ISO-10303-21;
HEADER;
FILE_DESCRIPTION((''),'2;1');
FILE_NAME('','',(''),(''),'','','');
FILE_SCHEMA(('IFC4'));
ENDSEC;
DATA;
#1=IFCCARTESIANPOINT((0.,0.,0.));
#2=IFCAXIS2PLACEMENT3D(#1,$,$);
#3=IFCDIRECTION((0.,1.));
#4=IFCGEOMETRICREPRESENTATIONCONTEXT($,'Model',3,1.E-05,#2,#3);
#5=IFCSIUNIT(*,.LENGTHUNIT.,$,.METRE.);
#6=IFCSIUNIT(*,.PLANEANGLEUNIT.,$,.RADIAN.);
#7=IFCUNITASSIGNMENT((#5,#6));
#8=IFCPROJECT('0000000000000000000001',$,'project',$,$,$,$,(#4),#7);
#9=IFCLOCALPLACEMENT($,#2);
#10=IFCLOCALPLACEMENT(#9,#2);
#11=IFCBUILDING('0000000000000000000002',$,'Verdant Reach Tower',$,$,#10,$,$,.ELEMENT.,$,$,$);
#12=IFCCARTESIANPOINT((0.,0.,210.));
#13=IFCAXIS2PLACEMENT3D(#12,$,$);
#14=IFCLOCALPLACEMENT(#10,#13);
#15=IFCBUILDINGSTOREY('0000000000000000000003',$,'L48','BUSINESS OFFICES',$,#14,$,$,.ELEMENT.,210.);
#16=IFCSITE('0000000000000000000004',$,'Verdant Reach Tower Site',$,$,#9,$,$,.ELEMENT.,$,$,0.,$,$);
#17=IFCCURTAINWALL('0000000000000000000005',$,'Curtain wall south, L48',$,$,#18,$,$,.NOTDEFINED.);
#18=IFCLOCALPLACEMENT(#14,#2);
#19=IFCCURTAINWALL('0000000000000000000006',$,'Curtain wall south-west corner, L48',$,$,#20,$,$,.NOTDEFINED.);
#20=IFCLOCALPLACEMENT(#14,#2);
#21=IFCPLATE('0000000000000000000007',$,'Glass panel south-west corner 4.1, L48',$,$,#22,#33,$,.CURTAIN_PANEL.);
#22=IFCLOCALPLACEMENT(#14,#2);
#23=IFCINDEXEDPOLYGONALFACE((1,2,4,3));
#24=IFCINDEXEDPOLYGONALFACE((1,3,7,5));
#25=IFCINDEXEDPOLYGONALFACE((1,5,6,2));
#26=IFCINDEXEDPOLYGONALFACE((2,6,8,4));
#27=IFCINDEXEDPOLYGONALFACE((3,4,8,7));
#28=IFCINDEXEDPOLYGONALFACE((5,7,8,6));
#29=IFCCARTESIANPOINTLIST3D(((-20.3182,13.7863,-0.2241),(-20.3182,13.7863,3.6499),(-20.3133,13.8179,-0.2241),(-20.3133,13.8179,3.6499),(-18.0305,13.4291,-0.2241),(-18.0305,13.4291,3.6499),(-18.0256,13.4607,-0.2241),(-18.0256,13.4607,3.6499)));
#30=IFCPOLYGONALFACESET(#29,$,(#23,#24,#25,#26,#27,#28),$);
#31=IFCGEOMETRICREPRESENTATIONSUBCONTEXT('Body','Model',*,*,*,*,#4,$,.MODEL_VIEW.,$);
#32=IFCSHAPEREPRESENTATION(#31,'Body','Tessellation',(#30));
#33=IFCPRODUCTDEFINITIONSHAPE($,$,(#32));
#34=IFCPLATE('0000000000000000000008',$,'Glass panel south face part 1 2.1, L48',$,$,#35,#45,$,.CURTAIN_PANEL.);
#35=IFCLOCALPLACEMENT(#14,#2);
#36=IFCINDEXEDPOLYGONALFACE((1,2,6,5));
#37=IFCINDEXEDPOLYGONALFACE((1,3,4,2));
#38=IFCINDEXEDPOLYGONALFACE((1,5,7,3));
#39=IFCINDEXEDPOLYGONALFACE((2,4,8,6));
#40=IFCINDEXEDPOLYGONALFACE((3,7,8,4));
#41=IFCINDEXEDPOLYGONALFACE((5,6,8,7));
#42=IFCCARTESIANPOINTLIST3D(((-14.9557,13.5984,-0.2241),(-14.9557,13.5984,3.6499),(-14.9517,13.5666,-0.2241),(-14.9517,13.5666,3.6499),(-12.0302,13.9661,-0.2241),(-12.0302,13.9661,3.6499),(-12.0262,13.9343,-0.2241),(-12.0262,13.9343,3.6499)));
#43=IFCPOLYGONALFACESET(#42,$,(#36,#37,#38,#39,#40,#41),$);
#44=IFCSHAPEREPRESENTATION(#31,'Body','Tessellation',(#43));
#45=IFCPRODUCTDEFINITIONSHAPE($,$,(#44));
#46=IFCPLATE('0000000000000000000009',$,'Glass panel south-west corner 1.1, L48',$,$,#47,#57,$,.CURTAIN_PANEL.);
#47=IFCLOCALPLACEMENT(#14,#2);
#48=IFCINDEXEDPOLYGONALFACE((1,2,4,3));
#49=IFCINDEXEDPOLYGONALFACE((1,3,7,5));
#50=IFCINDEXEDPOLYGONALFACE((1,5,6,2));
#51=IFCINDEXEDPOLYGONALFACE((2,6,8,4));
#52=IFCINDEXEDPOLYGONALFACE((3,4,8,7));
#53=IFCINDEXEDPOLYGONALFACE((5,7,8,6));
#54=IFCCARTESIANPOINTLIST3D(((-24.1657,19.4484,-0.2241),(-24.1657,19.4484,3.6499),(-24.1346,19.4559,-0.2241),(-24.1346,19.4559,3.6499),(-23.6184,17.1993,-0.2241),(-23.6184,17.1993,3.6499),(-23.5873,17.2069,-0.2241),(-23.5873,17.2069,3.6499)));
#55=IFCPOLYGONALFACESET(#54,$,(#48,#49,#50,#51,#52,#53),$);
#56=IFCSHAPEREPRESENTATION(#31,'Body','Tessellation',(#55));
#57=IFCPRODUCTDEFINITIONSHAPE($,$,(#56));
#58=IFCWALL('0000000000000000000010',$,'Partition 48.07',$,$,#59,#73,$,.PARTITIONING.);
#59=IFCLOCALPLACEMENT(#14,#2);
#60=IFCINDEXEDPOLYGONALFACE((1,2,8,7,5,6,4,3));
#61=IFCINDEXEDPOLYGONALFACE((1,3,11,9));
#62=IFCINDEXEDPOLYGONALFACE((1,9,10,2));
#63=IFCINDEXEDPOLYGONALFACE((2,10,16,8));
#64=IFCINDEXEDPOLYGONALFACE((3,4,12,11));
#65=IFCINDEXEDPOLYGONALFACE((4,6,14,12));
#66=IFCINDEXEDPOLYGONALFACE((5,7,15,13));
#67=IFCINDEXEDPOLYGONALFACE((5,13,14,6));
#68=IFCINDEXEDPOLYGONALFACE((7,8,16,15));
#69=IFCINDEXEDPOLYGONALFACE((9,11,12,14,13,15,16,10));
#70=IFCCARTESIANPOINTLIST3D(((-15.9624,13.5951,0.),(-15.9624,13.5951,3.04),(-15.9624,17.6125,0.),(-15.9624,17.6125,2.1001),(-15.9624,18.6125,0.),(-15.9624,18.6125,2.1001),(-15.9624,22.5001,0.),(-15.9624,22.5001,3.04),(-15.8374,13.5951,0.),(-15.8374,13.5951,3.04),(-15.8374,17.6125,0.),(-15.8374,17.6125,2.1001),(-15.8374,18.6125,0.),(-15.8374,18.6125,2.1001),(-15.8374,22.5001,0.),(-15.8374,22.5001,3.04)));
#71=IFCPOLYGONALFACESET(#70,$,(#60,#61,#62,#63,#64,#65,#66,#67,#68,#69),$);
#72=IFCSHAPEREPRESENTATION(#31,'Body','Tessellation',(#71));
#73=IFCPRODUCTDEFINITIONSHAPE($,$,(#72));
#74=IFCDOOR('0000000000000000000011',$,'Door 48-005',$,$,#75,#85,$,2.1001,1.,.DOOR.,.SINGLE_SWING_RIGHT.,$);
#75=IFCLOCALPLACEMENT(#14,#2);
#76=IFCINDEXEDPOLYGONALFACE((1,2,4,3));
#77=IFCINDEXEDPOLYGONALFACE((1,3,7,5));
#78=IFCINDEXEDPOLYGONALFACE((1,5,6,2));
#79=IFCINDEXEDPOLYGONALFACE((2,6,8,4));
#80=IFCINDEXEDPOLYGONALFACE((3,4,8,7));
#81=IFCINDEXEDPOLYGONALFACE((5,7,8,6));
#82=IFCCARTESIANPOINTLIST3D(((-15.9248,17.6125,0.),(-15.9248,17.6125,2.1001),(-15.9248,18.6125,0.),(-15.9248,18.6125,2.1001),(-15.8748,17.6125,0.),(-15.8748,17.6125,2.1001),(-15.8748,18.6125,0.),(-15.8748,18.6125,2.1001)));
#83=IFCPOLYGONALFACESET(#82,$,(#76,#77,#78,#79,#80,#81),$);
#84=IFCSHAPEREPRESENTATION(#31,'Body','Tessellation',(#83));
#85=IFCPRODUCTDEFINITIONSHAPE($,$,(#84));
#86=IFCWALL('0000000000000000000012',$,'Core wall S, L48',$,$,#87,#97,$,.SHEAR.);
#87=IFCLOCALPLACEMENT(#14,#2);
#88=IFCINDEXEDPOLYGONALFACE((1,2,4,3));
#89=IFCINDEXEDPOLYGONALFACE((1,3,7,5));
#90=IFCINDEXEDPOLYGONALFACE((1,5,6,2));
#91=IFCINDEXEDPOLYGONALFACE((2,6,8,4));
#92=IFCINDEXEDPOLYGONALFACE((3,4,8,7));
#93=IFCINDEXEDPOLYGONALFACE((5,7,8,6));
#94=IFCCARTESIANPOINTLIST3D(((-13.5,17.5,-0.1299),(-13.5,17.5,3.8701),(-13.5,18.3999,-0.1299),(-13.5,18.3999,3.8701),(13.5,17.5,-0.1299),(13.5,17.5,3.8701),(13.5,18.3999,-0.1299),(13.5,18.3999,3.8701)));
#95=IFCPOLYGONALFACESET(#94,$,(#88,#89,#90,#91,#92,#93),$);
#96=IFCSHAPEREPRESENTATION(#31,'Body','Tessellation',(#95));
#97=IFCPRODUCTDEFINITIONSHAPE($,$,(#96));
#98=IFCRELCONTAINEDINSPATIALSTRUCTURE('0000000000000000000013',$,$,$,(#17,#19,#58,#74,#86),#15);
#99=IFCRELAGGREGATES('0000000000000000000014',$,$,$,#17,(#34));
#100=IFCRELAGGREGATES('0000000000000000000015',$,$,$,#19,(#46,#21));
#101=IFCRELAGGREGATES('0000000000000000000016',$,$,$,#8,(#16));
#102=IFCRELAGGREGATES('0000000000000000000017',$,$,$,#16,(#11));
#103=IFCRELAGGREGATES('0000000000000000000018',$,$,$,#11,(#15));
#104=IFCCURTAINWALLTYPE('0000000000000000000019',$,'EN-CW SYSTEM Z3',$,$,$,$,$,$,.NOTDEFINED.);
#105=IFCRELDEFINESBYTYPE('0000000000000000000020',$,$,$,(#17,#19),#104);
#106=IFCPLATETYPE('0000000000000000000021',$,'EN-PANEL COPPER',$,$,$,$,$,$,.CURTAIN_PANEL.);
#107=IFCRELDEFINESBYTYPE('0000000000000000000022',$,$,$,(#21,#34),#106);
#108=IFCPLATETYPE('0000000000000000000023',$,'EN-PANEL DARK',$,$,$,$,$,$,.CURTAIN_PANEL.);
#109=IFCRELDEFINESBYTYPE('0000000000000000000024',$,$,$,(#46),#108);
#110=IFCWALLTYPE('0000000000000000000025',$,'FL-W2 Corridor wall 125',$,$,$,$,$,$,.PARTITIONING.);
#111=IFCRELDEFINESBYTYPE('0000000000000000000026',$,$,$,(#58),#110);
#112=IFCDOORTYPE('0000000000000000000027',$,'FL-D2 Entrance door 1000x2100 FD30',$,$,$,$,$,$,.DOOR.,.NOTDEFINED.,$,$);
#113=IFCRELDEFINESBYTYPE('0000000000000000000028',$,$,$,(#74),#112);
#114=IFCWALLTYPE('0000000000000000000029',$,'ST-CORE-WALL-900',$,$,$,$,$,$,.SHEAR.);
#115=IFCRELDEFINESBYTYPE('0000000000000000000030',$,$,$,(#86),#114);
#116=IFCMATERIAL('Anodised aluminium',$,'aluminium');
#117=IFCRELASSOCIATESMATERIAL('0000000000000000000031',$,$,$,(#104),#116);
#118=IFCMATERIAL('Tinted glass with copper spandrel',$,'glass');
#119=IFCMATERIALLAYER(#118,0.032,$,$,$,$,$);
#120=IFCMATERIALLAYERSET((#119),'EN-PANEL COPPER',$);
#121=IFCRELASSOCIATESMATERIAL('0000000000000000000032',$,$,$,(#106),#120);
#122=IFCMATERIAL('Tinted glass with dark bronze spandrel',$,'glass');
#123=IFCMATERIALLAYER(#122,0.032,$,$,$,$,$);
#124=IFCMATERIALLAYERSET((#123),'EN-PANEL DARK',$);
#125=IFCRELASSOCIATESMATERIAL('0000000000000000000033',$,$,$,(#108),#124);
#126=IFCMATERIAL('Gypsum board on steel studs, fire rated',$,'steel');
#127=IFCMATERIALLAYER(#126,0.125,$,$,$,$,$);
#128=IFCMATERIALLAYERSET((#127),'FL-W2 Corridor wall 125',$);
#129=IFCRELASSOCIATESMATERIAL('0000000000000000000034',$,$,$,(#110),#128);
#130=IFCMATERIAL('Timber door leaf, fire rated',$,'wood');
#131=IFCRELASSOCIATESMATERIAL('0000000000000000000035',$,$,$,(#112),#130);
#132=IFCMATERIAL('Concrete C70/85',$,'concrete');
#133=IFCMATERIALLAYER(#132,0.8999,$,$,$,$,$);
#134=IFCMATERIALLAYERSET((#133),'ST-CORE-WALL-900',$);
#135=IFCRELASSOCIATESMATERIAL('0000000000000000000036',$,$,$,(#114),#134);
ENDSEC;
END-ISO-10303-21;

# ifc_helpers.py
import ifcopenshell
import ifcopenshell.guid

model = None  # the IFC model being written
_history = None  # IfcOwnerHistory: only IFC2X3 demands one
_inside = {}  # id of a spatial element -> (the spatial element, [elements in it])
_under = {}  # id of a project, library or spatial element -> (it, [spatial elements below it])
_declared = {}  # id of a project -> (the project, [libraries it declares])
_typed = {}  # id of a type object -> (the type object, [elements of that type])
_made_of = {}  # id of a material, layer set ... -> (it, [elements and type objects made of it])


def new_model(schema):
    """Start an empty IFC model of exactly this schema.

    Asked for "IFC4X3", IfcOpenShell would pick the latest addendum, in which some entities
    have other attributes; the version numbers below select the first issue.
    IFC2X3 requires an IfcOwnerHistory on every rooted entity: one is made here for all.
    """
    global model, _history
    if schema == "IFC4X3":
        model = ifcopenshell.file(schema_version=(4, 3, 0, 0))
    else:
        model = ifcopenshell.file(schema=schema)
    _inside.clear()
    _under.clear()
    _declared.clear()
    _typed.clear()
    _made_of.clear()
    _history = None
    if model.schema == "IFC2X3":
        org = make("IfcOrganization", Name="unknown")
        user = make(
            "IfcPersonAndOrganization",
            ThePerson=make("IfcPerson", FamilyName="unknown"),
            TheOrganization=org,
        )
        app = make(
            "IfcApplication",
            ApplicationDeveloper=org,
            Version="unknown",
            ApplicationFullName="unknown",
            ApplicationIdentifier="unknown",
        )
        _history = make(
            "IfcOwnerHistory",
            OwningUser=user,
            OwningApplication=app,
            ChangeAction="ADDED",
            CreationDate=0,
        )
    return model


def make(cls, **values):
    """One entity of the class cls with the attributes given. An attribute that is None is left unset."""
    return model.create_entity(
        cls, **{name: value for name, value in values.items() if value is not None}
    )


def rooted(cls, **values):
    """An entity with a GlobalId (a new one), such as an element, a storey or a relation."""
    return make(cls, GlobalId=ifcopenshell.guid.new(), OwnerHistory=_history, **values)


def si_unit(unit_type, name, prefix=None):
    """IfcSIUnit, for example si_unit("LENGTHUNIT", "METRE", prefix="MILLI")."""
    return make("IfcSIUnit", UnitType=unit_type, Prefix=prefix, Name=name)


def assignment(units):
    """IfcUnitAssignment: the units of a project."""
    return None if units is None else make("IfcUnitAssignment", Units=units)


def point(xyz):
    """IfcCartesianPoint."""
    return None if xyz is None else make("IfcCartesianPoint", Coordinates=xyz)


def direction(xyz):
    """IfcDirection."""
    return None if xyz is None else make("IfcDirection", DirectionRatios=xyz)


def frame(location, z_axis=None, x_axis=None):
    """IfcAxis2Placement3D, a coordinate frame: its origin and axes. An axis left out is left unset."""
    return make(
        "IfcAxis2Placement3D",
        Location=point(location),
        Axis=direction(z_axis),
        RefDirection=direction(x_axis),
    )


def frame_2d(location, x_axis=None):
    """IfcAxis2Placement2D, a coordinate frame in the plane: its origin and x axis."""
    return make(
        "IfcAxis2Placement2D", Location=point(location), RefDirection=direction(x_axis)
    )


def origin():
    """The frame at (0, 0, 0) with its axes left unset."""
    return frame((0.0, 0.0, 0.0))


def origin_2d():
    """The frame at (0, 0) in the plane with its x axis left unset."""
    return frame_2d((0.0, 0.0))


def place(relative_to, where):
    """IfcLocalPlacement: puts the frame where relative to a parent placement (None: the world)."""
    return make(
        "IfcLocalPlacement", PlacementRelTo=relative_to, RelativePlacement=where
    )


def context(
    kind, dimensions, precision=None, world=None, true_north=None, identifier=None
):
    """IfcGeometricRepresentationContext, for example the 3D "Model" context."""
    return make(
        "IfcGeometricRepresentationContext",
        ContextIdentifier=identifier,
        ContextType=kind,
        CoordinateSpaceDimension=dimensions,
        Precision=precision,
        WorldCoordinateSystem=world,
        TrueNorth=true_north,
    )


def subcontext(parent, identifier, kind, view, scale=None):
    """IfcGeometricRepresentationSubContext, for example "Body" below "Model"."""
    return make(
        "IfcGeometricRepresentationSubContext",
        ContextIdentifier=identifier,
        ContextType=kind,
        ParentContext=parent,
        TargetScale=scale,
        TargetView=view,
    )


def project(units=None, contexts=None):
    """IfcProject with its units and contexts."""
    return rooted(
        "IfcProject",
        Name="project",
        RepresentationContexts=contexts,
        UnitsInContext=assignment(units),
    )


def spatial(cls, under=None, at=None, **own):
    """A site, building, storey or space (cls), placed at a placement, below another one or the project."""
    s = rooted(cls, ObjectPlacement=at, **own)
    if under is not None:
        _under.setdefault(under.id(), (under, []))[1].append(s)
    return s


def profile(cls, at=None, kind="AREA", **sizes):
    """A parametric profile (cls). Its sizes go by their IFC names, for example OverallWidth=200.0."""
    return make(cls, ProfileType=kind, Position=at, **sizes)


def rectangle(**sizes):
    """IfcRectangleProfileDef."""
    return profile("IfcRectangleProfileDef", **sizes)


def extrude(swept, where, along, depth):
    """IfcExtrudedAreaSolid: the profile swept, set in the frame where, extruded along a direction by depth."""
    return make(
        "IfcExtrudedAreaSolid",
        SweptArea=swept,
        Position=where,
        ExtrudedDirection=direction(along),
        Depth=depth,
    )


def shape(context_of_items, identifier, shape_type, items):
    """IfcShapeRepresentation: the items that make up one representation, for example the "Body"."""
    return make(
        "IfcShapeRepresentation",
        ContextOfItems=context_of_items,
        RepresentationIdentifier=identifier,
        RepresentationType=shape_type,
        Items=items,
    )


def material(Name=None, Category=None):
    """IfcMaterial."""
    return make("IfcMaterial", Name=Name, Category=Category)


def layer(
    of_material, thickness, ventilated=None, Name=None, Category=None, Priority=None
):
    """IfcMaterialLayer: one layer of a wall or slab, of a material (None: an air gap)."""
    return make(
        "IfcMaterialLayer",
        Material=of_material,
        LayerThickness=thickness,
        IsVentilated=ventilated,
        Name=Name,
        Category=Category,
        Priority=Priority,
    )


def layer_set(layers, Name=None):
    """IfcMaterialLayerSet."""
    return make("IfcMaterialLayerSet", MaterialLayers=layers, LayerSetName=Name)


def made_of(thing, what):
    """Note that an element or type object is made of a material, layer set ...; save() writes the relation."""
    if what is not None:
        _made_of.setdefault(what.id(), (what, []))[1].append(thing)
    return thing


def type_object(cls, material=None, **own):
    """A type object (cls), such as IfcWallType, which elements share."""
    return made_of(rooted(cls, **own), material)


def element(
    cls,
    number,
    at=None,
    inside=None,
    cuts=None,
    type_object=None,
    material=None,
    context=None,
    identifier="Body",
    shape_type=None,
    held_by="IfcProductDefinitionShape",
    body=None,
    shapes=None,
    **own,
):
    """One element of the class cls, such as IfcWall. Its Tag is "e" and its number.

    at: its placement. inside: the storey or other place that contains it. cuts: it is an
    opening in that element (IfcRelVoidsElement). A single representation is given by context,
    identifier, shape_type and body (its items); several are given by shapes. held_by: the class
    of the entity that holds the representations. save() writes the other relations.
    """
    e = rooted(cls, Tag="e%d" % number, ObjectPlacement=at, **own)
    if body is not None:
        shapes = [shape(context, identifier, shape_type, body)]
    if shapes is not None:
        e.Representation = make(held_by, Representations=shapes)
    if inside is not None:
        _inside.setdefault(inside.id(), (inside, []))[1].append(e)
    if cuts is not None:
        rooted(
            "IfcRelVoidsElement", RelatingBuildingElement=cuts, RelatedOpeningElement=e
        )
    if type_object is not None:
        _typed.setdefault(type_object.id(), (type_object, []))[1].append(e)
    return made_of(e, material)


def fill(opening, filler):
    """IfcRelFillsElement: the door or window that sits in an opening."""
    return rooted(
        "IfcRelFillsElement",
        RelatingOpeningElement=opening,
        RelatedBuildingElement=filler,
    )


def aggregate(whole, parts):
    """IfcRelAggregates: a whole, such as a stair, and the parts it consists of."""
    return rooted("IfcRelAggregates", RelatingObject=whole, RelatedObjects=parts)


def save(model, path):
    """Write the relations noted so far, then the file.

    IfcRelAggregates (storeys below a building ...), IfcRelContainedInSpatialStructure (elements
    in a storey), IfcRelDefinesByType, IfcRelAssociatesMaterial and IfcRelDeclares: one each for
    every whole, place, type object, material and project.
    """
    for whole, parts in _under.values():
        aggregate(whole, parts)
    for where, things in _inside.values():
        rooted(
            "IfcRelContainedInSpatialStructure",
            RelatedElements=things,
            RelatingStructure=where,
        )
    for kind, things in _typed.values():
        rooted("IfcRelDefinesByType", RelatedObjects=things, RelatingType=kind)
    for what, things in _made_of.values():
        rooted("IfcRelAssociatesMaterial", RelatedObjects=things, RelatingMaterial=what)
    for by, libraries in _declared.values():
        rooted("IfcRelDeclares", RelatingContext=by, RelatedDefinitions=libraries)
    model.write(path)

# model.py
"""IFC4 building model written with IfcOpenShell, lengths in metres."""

from ifc_helpers import new_model, si_unit, direction, frame, frame_2d, origin, origin_2d, place, context, subcontext, project, spatial, rectangle, extrude, material, layer, layer_set, type_object, element, fill, aggregate, save


model = new_model("IFC4")

# Units and contexts
model_context = context("Model", 3, precision=1e-05, world=origin(), true_north=direction((0.0, 1.0)))
body_context = subcontext(model_context, "Body", "Model", "MODEL_VIEW")
ifc_project = project(units=[si_unit("LENGTHUNIT", "METRE"), si_unit("PLANEANGLEUNIT", "RADIAN")], contexts=[model_context])

# Site, building, storey
site_placement = place(None, origin())
site = spatial("IfcSite", under=ifc_project, at=site_placement, Name="Verdant Reach Tower Site", CompositionType="ELEMENT", RefElevation=0.0)
building_placement = place(site_placement, origin())
building = spatial("IfcBuilding", under=site, at=building_placement, Name="Verdant Reach Tower", CompositionType="ELEMENT")
storey_placement = place(building_placement, frame((0.0, 0.0, 210.0)))
storey = spatial("IfcBuildingStorey", under=building, at=storey_placement, Name="L48", Description="BUSINESS OFFICES", CompositionType="ELEMENT", Elevation=210.0)

# Curtain wall
ifc_material_1 = material(Name="Anodised aluminium", Category="aluminium")
curtain_wall_type = type_object("IfcCurtainWallType", Name="EN-CW SYSTEM Z3", PredefinedType="NOTDEFINED", material=ifc_material_1)
curtain_wall_1_placement = place(storey_placement, origin())
curtain_wall_1 = element("IfcCurtainWall", 1, at=curtain_wall_1_placement, inside=storey, type_object=curtain_wall_type, Name="Curtain wall south, L48", PredefinedType="NOTDEFINED")

# Curtain wall
curtain_wall_2_placement = place(storey_placement, origin())
curtain_wall_2 = element("IfcCurtainWall", 2, at=curtain_wall_2_placement, inside=storey, type_object=curtain_wall_type, Name="Curtain wall south-west corner, L48", PredefinedType="NOTDEFINED")

# Plates
ifc_material_2 = material(Name="Tinted glass with copper spandrel", Category="glass")
ifc_layer_1 = layer(ifc_material_2, 0.032)
ifc_layer_set_1 = layer_set([ifc_layer_1], Name="EN-PANEL COPPER")
plate_type_1 = type_object("IfcPlateType", Name="EN-PANEL COPPER", PredefinedType="CURTAIN_PANEL", material=ifc_layer_set_1)
plate_1_placement = place(storey_placement, frame((-19.1719, 13.6235, -0.2241), z_axis=(0.0, 0.0, 1.0), x_axis=(0.988029, -0.154268, 0.0)))
plate_1 = element("IfcPlate", 3, at=plate_1_placement, type_object=plate_type_1, Name="Glass panel south-west corner 4.1, L48", PredefinedType="CURTAIN_PANEL", context=body_context, shape_type="SweptSolid", body=[
    extrude(rectangle(XDim=2.3154, YDim=0.032, at=origin_2d()), origin(), (0.0, 0.0, 1.0), 3.874),
])
plate_2_placement = place(storey_placement, frame((-13.491, 13.7664, -0.2241), z_axis=(0.0, 0.0, 1.0), x_axis=(0.992194, 0.124704, 0.0)))
plate_2 = element("IfcPlate", 4, at=plate_2_placement, type_object=plate_type_1, Name="Glass panel south face part 1 2.1, L48", PredefinedType="CURTAIN_PANEL", context=body_context, shape_type="SweptSolid", body=[
    extrude(rectangle(XDim=2.9485, YDim=0.032, at=origin_2d()), origin(), (0.0, 0.0, 1.0), 3.874),
])
aggregate(curtain_wall_1, [plate_2])
ifc_material_3 = material(Name="Tinted glass with dark bronze spandrel", Category="glass")
ifc_layer_2 = layer(ifc_material_3, 0.032)
ifc_layer_set_2 = layer_set([ifc_layer_2], Name="EN-PANEL DARK")
plate_type_2 = type_object("IfcPlateType", Name="EN-PANEL DARK", PredefinedType="CURTAIN_PANEL", material=ifc_layer_set_2)
plate_3_placement = place(storey_placement, frame((-23.8765, 18.3276, -0.2241), z_axis=(0.0, 0.0, 1.0), x_axis=(0.236446, -0.971645, 0.0)))
plate_3 = element("IfcPlate", 5, at=plate_3_placement, type_object=plate_type_2, Name="Glass panel south-west corner 1.1, L48", PredefinedType="CURTAIN_PANEL", context=body_context, shape_type="SweptSolid", body=[
    extrude(rectangle(XDim=2.3147, YDim=0.032, at=origin_2d()), origin(), (0.0, 0.0, 1.0), 3.874),
])
aggregate(curtain_wall_2, [plate_3, plate_1])

# Wall, opening, door
ifc_material_4 = material(Name="Gypsum board on steel studs, fire rated", Category="steel")
ifc_layer_3 = layer(ifc_material_4, 0.125)
ifc_layer_set_3 = layer_set([ifc_layer_3], Name="FL-W2 Corridor wall 125")
wall_type_1 = type_object("IfcWallType", Name="FL-W2 Corridor wall 125", PredefinedType="PARTITIONING", material=ifc_layer_set_3)
wall_1_placement = place(storey_placement, frame((-15.8999, 13.595, 0.0), z_axis=(0.0, 0.0, 1.0), x_axis=(0.0, 1.0, 0.0)))
wall_1 = element("IfcWall", 6, at=wall_1_placement, inside=storey, type_object=wall_type_1, Name="Partition 48.07", PredefinedType="PARTITIONING", context=body_context, shape_type="SweptSolid", body=[
    extrude(rectangle(XDim=8.905, YDim=0.125, at=frame_2d((4.4526, 0.0))), origin(), (0.0, 0.0, 1.0), 3.04),
])
opening_placement = place(wall_1_placement, frame((4.0176, 0.0, 0.0)))
opening = element("IfcOpeningElement", 7, at=opening_placement, cuts=wall_1, PredefinedType="OPENING", context=body_context, shape_type="SweptSolid", body=[
    extrude(rectangle(XDim=1.0, YDim=2.1001, at=frame_2d((0.5, 1.05))), frame((0.0, 0.0725, 0.0), z_axis=(0.0, -1.0, 0.0), x_axis=(1.0, 0.0, 0.0)), (0.0, 0.0, 1.0), 0.145),
])
ifc_material_5 = material(Name="Timber door leaf, fire rated", Category="wood")
door_type = type_object("IfcDoorType", Name="FL-D2 Entrance door 1000x2100 FD30", OperationType="NOTDEFINED", PredefinedType="DOOR", material=ifc_material_5)
door_placement = place(opening_placement, origin())
door = element("IfcDoor", 8, at=door_placement, inside=storey, type_object=door_type, Name="Door 48-005", OperationType="SINGLE_SWING_RIGHT", OverallHeight=2.1001, OverallWidth=1.0, PredefinedType="DOOR", context=body_context, shape_type="SweptSolid", body=[
    extrude(rectangle(XDim=1.0, YDim=2.1001, at=frame_2d((0.5, 1.05))), frame((0.0, 0.0249, 0.0), z_axis=(0.0, -1.0, 0.0), x_axis=(1.0, 0.0, 0.0)), (0.0, 0.0, 1.0), 0.05),
])
fill(opening, door)

# Wall
ifc_material_6 = material(Name="Concrete C70/85", Category="concrete")
ifc_layer_4 = layer(ifc_material_6, 0.8999)
ifc_layer_set_4 = layer_set([ifc_layer_4], Name="ST-CORE-WALL-900")
wall_type_2 = type_object("IfcWallType", Name="ST-CORE-WALL-900", PredefinedType="SHEAR", material=ifc_layer_set_4)
wall_2_placement = place(storey_placement, frame((-13.5, 17.95, -0.1299), z_axis=(0.0, 0.0, 1.0), x_axis=(1.0, 0.0, 0.0)))
element("IfcWall", 9, at=wall_2_placement, inside=storey, type_object=wall_type_2, Name="Core wall S, L48", PredefinedType="SHEAR", context=body_context, shape_type="SweptSolid", body=[
    extrude(rectangle(XDim=27.0, YDim=0.8999, at=frame_2d((13.5, 0.0))), origin(), (0.0, 0.0, 1.0), 4.0),
])

save(model, "model.ifc")
